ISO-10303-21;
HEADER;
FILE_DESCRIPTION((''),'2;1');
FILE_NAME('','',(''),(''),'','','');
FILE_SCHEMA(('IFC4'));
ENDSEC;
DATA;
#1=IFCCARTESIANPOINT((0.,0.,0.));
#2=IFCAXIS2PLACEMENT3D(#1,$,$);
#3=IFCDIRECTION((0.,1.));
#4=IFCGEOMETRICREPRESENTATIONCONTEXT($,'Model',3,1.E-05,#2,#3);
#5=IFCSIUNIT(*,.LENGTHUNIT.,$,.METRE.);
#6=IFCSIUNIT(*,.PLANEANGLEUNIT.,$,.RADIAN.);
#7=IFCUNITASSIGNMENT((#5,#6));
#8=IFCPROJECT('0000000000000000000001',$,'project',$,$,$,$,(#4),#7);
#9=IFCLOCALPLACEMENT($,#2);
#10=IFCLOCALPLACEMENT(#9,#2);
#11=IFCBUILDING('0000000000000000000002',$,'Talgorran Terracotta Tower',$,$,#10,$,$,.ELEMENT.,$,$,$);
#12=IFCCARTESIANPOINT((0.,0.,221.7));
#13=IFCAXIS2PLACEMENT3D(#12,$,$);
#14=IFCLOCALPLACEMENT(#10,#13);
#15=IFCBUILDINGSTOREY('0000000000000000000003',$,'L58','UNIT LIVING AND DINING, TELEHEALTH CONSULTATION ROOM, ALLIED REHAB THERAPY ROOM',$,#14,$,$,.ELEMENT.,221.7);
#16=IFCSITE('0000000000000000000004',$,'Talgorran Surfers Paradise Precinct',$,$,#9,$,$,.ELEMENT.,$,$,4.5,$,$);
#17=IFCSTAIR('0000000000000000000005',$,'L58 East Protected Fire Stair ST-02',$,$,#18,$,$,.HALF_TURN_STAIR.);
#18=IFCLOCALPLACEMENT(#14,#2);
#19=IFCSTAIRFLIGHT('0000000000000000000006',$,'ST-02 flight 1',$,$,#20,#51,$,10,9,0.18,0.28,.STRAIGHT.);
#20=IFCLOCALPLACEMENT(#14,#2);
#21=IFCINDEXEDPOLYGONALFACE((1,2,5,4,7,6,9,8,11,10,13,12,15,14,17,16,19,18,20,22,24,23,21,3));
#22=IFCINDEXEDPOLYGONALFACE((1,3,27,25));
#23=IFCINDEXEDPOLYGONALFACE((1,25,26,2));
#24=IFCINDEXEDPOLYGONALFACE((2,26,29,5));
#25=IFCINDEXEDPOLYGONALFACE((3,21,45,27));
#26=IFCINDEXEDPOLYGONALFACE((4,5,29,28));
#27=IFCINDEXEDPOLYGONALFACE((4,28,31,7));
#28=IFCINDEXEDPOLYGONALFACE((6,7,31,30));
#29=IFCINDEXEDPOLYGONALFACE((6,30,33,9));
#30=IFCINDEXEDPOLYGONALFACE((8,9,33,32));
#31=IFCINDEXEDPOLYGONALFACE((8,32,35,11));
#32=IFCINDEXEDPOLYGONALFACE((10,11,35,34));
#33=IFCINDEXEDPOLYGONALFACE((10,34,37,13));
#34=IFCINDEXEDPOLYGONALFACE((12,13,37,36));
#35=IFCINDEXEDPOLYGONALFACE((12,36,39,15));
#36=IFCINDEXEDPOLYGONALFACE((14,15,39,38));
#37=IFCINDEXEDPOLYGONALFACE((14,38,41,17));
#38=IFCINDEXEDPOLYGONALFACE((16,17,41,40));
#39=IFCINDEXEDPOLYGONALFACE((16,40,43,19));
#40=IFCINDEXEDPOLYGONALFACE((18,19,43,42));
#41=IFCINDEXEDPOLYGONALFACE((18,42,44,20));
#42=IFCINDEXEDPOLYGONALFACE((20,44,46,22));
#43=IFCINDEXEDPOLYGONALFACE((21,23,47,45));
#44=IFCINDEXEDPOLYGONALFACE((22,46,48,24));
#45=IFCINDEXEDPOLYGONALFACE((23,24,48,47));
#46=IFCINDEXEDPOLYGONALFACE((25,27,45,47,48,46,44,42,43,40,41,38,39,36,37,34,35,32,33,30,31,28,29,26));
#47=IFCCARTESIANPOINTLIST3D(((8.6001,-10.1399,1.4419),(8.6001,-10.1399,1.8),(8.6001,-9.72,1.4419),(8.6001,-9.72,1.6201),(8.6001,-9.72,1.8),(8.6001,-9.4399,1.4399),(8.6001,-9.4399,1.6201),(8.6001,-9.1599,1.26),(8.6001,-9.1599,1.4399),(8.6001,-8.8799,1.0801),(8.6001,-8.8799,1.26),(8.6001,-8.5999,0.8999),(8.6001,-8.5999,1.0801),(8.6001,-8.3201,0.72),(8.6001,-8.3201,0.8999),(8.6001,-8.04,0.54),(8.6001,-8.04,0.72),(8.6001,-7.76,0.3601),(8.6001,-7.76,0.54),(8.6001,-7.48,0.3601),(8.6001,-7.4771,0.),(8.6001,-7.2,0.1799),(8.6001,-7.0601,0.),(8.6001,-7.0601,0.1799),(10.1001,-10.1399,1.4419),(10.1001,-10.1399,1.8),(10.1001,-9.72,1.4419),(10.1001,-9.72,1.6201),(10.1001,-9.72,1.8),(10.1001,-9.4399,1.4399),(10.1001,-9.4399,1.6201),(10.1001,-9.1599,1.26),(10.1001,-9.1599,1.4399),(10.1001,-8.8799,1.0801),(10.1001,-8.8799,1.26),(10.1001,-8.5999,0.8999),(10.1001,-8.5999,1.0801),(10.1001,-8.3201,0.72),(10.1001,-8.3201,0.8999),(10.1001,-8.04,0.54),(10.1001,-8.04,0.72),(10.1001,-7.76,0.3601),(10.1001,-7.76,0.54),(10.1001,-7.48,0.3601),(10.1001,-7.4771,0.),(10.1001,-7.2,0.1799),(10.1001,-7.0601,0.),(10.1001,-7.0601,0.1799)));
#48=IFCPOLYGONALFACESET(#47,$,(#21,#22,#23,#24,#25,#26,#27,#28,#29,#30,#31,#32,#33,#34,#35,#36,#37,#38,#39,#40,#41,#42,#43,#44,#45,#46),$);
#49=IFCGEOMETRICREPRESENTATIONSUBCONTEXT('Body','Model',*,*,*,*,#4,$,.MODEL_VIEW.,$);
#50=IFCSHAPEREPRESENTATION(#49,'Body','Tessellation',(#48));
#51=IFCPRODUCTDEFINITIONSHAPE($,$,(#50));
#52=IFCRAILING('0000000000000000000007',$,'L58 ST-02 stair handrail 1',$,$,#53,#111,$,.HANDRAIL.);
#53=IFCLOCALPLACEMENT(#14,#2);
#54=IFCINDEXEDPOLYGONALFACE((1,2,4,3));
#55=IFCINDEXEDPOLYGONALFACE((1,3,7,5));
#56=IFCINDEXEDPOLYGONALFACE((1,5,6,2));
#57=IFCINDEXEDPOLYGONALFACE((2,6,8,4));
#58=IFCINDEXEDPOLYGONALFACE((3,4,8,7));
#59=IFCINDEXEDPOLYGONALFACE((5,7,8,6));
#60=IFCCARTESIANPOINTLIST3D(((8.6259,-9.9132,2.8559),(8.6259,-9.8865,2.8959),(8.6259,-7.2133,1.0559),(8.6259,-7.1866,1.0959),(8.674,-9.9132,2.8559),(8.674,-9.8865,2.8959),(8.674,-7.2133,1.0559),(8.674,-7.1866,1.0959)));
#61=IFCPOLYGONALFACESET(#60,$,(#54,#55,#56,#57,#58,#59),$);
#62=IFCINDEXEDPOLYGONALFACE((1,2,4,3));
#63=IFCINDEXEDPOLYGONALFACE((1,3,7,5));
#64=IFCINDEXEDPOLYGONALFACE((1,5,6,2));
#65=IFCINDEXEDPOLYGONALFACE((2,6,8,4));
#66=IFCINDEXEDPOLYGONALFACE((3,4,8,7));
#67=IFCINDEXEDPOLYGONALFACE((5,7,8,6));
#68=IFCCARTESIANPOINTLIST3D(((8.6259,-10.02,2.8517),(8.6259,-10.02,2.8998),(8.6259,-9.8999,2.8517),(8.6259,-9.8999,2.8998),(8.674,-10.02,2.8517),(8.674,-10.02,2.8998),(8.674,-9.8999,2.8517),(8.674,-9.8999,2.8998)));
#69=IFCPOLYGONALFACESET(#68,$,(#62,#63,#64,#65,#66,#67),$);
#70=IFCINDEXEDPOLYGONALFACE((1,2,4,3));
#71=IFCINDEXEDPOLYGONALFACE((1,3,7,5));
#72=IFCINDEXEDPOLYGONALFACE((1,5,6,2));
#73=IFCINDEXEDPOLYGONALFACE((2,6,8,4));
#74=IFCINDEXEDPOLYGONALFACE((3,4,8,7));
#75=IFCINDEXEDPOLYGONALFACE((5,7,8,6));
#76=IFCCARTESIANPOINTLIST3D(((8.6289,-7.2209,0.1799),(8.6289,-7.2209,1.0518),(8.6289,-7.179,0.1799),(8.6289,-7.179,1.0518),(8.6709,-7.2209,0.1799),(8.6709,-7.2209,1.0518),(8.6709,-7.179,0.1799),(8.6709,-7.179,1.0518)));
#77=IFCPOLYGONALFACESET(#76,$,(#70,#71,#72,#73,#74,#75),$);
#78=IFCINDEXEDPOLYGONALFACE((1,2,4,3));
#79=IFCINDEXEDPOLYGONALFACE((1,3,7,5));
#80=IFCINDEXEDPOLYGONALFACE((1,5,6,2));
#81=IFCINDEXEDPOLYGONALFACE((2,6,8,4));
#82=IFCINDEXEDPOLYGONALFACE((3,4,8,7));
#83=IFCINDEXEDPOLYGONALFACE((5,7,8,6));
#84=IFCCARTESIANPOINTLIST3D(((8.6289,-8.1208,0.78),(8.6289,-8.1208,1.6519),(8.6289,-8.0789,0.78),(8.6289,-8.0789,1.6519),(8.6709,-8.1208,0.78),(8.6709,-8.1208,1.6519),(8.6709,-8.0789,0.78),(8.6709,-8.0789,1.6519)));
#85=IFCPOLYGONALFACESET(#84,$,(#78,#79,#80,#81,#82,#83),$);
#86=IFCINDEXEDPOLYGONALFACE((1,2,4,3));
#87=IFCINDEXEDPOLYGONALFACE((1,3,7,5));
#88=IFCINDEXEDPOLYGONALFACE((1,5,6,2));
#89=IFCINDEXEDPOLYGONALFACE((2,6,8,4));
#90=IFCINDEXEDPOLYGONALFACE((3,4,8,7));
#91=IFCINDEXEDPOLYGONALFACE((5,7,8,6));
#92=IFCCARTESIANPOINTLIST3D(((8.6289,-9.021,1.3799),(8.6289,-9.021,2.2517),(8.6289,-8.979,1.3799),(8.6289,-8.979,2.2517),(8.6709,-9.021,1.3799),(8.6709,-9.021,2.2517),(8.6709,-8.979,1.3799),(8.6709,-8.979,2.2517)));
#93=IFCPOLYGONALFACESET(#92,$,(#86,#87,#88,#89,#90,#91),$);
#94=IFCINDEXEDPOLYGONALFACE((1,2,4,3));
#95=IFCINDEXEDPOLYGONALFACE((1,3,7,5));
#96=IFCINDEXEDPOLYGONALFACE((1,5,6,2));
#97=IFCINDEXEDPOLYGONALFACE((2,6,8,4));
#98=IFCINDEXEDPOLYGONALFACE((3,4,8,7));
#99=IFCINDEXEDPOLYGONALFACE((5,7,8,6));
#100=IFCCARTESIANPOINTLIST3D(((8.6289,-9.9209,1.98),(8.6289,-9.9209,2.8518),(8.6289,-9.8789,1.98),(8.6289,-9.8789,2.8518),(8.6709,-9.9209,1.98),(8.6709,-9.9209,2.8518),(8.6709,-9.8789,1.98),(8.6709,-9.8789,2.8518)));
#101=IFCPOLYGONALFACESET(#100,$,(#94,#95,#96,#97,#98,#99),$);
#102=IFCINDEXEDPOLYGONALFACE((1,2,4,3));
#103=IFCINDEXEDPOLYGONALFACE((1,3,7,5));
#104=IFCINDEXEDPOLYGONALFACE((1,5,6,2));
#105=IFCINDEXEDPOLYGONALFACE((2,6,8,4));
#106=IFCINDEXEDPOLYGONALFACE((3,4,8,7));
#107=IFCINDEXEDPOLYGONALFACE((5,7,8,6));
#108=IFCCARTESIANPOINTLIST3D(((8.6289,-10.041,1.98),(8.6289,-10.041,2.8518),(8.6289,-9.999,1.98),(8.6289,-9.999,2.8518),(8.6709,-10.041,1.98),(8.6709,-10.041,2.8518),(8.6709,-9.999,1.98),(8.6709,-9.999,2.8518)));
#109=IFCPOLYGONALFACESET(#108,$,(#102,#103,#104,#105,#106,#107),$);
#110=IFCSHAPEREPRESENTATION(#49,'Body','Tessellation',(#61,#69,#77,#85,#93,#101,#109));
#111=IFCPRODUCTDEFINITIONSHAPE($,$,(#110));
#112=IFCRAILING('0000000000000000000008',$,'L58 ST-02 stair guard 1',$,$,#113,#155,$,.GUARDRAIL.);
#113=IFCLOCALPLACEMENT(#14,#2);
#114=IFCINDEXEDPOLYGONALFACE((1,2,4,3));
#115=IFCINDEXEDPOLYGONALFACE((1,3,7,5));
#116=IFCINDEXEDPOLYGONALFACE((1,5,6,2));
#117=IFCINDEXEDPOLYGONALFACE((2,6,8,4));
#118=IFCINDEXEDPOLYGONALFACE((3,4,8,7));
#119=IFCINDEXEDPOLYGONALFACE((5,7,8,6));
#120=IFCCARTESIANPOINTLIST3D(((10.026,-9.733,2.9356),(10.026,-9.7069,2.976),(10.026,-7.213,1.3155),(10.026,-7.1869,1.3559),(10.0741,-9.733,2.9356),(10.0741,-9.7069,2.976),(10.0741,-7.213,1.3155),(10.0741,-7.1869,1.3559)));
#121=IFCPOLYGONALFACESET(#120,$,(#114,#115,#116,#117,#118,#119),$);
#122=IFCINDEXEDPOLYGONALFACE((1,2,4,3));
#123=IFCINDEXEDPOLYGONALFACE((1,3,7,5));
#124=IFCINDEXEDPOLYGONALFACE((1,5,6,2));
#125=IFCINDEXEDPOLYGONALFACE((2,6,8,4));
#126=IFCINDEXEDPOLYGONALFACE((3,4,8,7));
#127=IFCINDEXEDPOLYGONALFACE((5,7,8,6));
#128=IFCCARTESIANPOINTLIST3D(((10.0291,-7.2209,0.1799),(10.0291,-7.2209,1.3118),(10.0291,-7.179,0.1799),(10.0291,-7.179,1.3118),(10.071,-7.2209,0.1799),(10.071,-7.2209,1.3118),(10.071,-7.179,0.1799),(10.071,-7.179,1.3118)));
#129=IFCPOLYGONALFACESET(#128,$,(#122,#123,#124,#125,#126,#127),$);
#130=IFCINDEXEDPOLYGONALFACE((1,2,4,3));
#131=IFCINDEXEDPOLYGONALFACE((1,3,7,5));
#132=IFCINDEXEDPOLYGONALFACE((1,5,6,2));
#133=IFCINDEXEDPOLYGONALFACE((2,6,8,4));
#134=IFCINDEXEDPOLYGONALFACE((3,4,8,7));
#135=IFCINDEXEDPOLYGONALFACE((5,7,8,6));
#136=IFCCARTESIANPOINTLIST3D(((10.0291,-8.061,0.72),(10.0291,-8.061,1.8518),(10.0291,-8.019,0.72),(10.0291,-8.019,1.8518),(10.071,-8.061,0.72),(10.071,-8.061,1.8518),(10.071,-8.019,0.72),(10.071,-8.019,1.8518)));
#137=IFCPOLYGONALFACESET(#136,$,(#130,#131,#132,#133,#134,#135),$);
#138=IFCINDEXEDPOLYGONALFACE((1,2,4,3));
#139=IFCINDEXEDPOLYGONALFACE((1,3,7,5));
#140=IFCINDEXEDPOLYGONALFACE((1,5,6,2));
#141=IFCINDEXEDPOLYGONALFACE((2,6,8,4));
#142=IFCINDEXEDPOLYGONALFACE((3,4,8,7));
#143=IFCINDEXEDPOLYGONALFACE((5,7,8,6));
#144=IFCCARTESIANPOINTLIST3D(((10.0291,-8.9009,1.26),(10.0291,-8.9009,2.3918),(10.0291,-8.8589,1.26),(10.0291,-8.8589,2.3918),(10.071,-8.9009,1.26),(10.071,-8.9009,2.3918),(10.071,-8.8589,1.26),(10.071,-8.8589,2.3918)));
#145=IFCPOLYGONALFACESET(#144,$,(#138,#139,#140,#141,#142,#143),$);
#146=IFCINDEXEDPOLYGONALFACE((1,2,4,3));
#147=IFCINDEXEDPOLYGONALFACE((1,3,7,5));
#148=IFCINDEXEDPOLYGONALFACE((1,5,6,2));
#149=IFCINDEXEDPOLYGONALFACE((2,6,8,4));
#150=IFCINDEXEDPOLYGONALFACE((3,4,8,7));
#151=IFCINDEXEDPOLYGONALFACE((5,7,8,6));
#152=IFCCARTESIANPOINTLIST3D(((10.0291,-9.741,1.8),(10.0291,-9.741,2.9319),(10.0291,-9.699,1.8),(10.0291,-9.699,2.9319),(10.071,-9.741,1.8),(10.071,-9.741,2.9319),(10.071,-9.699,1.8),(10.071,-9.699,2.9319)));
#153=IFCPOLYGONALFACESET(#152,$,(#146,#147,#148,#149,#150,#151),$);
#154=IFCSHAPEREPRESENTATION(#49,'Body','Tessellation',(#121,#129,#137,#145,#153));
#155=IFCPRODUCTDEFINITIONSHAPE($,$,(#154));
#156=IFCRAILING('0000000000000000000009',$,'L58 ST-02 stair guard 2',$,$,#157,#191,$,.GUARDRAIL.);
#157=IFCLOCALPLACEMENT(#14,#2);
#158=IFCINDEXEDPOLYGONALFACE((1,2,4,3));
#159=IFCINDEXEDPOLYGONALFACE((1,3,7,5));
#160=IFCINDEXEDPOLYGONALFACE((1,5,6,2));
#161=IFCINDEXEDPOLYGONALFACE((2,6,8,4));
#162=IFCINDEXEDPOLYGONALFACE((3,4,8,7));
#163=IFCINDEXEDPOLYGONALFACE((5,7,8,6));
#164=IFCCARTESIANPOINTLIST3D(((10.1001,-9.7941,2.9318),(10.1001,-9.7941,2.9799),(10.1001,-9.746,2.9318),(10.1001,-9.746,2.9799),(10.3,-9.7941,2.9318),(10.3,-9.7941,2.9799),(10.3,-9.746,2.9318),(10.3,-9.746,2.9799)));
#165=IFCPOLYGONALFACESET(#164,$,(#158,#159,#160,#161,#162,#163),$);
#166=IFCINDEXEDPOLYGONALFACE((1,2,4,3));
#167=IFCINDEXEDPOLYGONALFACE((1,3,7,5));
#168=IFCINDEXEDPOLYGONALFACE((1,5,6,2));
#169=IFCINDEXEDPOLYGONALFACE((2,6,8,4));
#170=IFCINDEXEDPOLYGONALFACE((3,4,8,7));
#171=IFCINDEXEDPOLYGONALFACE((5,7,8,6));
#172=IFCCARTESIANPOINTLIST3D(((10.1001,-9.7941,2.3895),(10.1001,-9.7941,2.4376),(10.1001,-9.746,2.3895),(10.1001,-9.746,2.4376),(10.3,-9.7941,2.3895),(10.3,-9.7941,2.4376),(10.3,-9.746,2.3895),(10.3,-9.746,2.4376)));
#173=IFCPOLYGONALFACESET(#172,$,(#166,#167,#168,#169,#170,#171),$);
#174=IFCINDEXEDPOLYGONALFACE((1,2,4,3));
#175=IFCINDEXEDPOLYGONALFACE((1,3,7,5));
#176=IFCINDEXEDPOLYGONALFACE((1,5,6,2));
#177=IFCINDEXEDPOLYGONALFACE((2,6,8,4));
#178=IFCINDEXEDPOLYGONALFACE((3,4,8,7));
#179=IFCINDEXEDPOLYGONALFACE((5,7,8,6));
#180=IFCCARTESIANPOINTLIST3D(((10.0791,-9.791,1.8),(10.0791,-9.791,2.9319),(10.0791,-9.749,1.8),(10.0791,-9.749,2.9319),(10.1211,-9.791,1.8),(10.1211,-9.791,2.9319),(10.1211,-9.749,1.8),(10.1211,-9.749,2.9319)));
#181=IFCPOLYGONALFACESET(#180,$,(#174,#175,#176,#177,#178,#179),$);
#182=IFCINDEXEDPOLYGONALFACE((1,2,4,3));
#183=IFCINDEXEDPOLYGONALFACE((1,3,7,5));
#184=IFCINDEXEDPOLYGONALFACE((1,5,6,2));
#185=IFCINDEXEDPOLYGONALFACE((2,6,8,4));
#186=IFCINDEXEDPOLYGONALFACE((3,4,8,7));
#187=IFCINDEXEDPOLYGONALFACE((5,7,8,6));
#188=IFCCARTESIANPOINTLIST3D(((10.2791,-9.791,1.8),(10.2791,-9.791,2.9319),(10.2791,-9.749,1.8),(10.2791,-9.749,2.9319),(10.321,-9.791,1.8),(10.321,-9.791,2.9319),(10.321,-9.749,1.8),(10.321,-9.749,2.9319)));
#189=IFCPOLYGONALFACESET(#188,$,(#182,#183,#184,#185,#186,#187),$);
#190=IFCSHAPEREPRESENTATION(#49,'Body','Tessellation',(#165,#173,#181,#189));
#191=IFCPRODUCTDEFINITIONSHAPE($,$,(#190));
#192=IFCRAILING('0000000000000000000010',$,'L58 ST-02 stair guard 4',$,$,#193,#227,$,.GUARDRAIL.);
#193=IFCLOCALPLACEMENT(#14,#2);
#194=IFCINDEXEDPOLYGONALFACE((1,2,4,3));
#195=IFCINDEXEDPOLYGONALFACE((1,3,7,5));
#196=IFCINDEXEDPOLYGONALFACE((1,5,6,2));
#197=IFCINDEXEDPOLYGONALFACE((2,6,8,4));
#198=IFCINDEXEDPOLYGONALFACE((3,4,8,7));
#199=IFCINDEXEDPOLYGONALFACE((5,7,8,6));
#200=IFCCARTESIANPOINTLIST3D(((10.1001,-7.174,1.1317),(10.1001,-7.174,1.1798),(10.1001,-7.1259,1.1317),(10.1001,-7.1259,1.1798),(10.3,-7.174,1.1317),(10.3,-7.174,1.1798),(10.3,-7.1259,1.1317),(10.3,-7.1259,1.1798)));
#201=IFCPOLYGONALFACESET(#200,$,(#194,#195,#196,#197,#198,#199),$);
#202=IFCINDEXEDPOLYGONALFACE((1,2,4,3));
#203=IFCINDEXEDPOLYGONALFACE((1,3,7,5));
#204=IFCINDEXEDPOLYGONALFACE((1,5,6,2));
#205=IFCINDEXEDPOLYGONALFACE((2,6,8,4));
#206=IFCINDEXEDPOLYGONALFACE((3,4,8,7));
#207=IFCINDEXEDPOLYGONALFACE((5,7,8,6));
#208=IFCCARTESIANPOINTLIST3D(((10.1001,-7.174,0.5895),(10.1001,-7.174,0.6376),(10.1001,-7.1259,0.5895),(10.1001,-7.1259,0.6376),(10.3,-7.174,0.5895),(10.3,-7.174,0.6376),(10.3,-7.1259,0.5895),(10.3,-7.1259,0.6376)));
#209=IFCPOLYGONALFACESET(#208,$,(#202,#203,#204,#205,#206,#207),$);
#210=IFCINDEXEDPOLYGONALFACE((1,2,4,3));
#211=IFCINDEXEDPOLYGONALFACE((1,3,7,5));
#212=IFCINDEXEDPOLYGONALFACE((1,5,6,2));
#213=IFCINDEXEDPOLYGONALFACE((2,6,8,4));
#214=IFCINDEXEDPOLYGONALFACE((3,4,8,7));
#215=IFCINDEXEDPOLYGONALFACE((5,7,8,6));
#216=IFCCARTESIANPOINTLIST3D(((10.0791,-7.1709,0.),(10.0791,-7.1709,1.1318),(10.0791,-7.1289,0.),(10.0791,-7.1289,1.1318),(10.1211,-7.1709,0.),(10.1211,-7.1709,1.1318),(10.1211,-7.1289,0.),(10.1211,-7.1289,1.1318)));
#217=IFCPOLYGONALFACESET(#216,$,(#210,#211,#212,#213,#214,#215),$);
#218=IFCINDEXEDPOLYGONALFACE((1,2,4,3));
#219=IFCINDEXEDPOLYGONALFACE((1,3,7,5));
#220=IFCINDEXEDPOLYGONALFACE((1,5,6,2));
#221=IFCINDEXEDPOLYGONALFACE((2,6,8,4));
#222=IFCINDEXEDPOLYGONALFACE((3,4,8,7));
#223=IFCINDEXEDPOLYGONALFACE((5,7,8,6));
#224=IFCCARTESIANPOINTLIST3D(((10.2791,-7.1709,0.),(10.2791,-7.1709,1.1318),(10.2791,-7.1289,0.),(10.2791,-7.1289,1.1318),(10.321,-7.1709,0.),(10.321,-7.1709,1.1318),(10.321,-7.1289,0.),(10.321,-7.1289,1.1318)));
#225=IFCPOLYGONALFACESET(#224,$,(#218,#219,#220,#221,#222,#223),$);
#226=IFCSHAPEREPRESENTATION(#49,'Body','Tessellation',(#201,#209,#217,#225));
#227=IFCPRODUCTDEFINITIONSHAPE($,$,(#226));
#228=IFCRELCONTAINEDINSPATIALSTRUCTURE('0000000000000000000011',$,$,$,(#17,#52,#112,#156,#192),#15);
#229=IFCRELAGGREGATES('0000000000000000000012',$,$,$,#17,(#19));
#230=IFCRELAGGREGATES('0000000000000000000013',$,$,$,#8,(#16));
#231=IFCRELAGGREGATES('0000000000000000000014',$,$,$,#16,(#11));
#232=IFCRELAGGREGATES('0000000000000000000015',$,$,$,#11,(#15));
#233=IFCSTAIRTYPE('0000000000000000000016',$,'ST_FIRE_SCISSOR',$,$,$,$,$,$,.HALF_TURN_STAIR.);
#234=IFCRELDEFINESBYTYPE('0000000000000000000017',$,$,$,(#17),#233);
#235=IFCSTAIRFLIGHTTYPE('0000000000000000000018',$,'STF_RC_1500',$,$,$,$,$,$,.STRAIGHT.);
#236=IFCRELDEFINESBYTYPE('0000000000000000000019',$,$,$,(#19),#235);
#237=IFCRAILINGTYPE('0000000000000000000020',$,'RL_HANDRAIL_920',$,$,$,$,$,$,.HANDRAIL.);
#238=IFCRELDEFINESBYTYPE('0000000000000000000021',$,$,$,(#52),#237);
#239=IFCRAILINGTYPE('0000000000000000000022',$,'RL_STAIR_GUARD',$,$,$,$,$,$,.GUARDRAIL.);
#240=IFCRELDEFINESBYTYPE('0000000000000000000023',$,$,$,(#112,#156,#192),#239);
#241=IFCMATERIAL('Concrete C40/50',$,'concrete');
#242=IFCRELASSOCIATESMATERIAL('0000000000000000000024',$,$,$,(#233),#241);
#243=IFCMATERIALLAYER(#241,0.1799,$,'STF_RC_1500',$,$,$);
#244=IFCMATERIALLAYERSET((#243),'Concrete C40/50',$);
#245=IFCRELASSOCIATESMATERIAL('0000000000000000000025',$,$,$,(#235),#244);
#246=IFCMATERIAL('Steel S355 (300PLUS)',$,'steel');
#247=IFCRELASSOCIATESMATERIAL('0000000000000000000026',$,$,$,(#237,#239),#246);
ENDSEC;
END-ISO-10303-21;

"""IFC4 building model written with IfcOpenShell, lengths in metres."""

from ifc_helpers import new_model, si_unit, direction, frame, origin, origin_2d, place, context, subcontext, project, spatial, polyline, rectangle, outline, extrude, material, layer, layer_set, type_object, element, aggregate, save


model = new_model("IFC4")

# Units and contexts
model_context = context("Model", 3, precision=1e-05, world=origin(), true_north=direction((0.0, 1.0)))
body_context = subcontext(model_context, "Body", "Model", "MODEL_VIEW")
ifc_project = project(units=[si_unit("LENGTHUNIT", "METRE"), si_unit("PLANEANGLEUNIT", "RADIAN")], contexts=[model_context])

# Site, building, storey
site_placement = place(None, origin())
site = spatial("IfcSite", under=ifc_project, at=site_placement, Name="Talgorran Surfers Paradise Precinct", CompositionType="ELEMENT", RefElevation=4.5)
building_placement = place(site_placement, origin())
building = spatial("IfcBuilding", under=site, at=building_placement, Name="Talgorran Terracotta Tower", CompositionType="ELEMENT")
storey_placement = place(building_placement, frame((0.0, 0.0, 221.7)))
storey = spatial("IfcBuildingStorey", under=building, at=storey_placement, Name="L58", Description="UNIT LIVING AND DINING, TELEHEALTH CONSULTATION ROOM, ALLIED REHAB THERAPY ROOM", CompositionType="ELEMENT", Elevation=221.7)

# Shared definitions
ifc_material_1 = material(Name="Steel S355 (300PLUS)", Category="steel")

# Stair, stair flight
ifc_material_2 = material(Name="Concrete C40/50", Category="concrete")
stair_type = type_object("IfcStairType", Name="ST_FIRE_SCISSOR", PredefinedType="HALF_TURN_STAIR", material=ifc_material_2)
stair_placement = place(storey_placement, origin())
stair = element("IfcStair", 1, at=stair_placement, inside=storey, type_object=stair_type, Name="L58 East Protected Fire Stair ST-02", PredefinedType="HALF_TURN_STAIR")
ifc_layer_1 = layer(ifc_material_2, 0.1799, Name="STF_RC_1500")
ifc_layer_set_1 = layer_set([ifc_layer_1], Name="Concrete C40/50")
stair_flight_type = type_object("IfcStairFlightType", Name="STF_RC_1500", PredefinedType="STRAIGHT", material=ifc_layer_set_1)
stair_flight_placement = place(storey_placement, frame((9.3501, -7.2, 0.0), z_axis=(0.0, 0.0, 1.0), x_axis=(0.0, -1.0, 0.0)))
stair_flight = element("IfcStairFlight", 2, at=stair_flight_placement, type_object=stair_flight_type, Name="ST-02 flight 1", NumberOfRisers=10, NumberOfTreads=9, PredefinedType="STRAIGHT", RiserHeight=0.18, TreadLength=0.28, context=body_context, shape_type="SweptSolid", body=[
    extrude(outline(polyline([(-0.1399, 0.0), (-0.1399, 0.1799), (0.0, 0.1799), (0.28, 0.3601), (0.5601, 0.3601), (0.5601, 0.54), (0.8401, 0.54), (0.8401, 0.72), (1.1201, 0.72), (1.1201, 0.8999), (1.3999, 0.8999), (1.3999, 1.0801), (1.6799, 1.0801), (1.6799, 1.26), (1.96, 1.26), (1.96, 1.4399), (2.24, 1.4399), (2.24, 1.6201), (2.52, 1.6201), (2.52, 1.8), (2.9399, 1.8), (2.9399, 1.4419), (2.52, 1.4419), (0.2771, 0.0), (-0.1399, 0.0)])), frame((0.0, 0.75, 0.0), z_axis=(0.0, -1.0, 0.0), x_axis=(1.0, 0.0, 0.0)), (0.0, 0.0, 1.0), 1.5),
])
aggregate(stair, [stair_flight])

# Railings
railing_type_1 = type_object("IfcRailingType", Name="RL_HANDRAIL_920", PredefinedType="HANDRAIL", material=ifc_material_1)
railing_1_placement = place(storey_placement, frame((8.6499, -7.2, 0.1799)))
element("IfcRailing", 3, at=railing_1_placement, inside=storey, type_object=railing_type_1, Name="L58 ST-02 stair handrail 1", PredefinedType="HANDRAIL", context=body_context, shape_type="SweptSolid", body=[
    extrude(rectangle(XDim=0.0481, YDim=0.0481, at=origin_2d()), frame((0.0, 0.0, 0.896), z_axis=(0.0, -0.832039, 0.554718), x_axis=(1.0, 0.0, 0.0)), (0.0, 0.0, 1.0), 3.2449),
    extrude(rectangle(XDim=0.0481, YDim=0.0481, at=origin_2d()), frame((0.0, -2.7, 2.6958), z_axis=(0.0, -1.0, 0.0), x_axis=(1.0, 0.0, 0.0)), (0.0, 0.0, 1.0), 0.1201),
    extrude(rectangle(XDim=0.042, YDim=0.042, at=origin_2d()), origin(), (0.0, 0.0, 1.0), 0.8718),
    extrude(rectangle(XDim=0.042, YDim=0.042, at=origin_2d()), frame((0.0, -0.8999, 0.6001)), (0.0, 0.0, 1.0), 0.8718),
    extrude(rectangle(XDim=0.042, YDim=0.042, at=origin_2d()), frame((0.0, -1.8, 1.2)), (0.0, 0.0, 1.0), 0.8718),
    extrude(rectangle(XDim=0.042, YDim=0.042, at=origin_2d()), frame((0.0, -2.7, 1.8)), (0.0, 0.0, 1.0), 0.8718),
    extrude(rectangle(XDim=0.042, YDim=0.042, at=origin_2d()), frame((0.0, -2.8201, 1.8)), (0.0, 0.0, 1.0), 0.8718),
])
railing_type_2 = type_object("IfcRailingType", Name="RL_STAIR_GUARD", PredefinedType="GUARDRAIL", material=ifc_material_1)
railing_2_placement = place(storey_placement, frame((10.05, -7.2, 0.1799)))
element("IfcRailing", 4, at=railing_2_placement, inside=storey, type_object=railing_type_2, Name="L58 ST-02 stair guard 1", PredefinedType="GUARDRAIL", context=body_context, shape_type="SweptSolid", body=[
    extrude(rectangle(XDim=0.0481, YDim=0.0481, at=origin_2d()), frame((0.0, 0.0, 1.1558), z_axis=(0.0, -0.841163, 0.540782), x_axis=(1.0, 0.0, 0.0)), (0.0, 0.0, 1.0), 2.9958),
    extrude(rectangle(XDim=0.042, YDim=0.042, at=origin_2d()), origin(), (0.0, 0.0, 1.0), 1.1318),
    extrude(rectangle(XDim=0.042, YDim=0.042, at=origin_2d()), frame((0.0, -0.8401, 0.54)), (0.0, 0.0, 1.0), 1.1318),
    extrude(rectangle(XDim=0.042, YDim=0.042, at=origin_2d()), frame((0.0, -1.6799, 1.0801)), (0.0, 0.0, 1.0), 1.1318),
    extrude(rectangle(XDim=0.042, YDim=0.042, at=origin_2d()), frame((0.0, -2.52, 1.6201)), (0.0, 0.0, 1.0), 1.1318),
])
for number, where, name in (
    (5, (10.1001, -9.77, 1.8), "L58 ST-02 stair guard 2"),
    (6, (10.1001, -7.1499, 0.0), "L58 ST-02 stair guard 4"),
):
    element("IfcRailing", number, at=place(storey_placement, frame(where)), inside=storey, type_object=railing_type_2, Name=name, PredefinedType="GUARDRAIL", context=body_context, shape_type="SweptSolid", body=[
        extrude(rectangle(XDim=0.0481, YDim=0.0481, at=origin_2d()), frame((0.0, 0.0, 1.1558), z_axis=(1.0, 0.0, 0.0), x_axis=(0.0, 1.0, 0.0)), (0.0, 0.0, 1.0), 0.2),
        extrude(rectangle(XDim=0.0481, YDim=0.0481, at=origin_2d()), frame((0.0, 0.0, 0.6135), z_axis=(1.0, 0.0, 0.0), x_axis=(0.0, 1.0, 0.0)), (0.0, 0.0, 1.0), 0.2),
        extrude(rectangle(XDim=0.042, YDim=0.042, at=origin_2d()), origin(), (0.0, 0.0, 1.0), 1.1318),
        extrude(rectangle(XDim=0.042, YDim=0.042, at=origin_2d()), frame((0.2, 0.0, 0.0)), (0.0, 0.0, 1.0), 1.1318),
    ])

save(model, "model.ifc")
